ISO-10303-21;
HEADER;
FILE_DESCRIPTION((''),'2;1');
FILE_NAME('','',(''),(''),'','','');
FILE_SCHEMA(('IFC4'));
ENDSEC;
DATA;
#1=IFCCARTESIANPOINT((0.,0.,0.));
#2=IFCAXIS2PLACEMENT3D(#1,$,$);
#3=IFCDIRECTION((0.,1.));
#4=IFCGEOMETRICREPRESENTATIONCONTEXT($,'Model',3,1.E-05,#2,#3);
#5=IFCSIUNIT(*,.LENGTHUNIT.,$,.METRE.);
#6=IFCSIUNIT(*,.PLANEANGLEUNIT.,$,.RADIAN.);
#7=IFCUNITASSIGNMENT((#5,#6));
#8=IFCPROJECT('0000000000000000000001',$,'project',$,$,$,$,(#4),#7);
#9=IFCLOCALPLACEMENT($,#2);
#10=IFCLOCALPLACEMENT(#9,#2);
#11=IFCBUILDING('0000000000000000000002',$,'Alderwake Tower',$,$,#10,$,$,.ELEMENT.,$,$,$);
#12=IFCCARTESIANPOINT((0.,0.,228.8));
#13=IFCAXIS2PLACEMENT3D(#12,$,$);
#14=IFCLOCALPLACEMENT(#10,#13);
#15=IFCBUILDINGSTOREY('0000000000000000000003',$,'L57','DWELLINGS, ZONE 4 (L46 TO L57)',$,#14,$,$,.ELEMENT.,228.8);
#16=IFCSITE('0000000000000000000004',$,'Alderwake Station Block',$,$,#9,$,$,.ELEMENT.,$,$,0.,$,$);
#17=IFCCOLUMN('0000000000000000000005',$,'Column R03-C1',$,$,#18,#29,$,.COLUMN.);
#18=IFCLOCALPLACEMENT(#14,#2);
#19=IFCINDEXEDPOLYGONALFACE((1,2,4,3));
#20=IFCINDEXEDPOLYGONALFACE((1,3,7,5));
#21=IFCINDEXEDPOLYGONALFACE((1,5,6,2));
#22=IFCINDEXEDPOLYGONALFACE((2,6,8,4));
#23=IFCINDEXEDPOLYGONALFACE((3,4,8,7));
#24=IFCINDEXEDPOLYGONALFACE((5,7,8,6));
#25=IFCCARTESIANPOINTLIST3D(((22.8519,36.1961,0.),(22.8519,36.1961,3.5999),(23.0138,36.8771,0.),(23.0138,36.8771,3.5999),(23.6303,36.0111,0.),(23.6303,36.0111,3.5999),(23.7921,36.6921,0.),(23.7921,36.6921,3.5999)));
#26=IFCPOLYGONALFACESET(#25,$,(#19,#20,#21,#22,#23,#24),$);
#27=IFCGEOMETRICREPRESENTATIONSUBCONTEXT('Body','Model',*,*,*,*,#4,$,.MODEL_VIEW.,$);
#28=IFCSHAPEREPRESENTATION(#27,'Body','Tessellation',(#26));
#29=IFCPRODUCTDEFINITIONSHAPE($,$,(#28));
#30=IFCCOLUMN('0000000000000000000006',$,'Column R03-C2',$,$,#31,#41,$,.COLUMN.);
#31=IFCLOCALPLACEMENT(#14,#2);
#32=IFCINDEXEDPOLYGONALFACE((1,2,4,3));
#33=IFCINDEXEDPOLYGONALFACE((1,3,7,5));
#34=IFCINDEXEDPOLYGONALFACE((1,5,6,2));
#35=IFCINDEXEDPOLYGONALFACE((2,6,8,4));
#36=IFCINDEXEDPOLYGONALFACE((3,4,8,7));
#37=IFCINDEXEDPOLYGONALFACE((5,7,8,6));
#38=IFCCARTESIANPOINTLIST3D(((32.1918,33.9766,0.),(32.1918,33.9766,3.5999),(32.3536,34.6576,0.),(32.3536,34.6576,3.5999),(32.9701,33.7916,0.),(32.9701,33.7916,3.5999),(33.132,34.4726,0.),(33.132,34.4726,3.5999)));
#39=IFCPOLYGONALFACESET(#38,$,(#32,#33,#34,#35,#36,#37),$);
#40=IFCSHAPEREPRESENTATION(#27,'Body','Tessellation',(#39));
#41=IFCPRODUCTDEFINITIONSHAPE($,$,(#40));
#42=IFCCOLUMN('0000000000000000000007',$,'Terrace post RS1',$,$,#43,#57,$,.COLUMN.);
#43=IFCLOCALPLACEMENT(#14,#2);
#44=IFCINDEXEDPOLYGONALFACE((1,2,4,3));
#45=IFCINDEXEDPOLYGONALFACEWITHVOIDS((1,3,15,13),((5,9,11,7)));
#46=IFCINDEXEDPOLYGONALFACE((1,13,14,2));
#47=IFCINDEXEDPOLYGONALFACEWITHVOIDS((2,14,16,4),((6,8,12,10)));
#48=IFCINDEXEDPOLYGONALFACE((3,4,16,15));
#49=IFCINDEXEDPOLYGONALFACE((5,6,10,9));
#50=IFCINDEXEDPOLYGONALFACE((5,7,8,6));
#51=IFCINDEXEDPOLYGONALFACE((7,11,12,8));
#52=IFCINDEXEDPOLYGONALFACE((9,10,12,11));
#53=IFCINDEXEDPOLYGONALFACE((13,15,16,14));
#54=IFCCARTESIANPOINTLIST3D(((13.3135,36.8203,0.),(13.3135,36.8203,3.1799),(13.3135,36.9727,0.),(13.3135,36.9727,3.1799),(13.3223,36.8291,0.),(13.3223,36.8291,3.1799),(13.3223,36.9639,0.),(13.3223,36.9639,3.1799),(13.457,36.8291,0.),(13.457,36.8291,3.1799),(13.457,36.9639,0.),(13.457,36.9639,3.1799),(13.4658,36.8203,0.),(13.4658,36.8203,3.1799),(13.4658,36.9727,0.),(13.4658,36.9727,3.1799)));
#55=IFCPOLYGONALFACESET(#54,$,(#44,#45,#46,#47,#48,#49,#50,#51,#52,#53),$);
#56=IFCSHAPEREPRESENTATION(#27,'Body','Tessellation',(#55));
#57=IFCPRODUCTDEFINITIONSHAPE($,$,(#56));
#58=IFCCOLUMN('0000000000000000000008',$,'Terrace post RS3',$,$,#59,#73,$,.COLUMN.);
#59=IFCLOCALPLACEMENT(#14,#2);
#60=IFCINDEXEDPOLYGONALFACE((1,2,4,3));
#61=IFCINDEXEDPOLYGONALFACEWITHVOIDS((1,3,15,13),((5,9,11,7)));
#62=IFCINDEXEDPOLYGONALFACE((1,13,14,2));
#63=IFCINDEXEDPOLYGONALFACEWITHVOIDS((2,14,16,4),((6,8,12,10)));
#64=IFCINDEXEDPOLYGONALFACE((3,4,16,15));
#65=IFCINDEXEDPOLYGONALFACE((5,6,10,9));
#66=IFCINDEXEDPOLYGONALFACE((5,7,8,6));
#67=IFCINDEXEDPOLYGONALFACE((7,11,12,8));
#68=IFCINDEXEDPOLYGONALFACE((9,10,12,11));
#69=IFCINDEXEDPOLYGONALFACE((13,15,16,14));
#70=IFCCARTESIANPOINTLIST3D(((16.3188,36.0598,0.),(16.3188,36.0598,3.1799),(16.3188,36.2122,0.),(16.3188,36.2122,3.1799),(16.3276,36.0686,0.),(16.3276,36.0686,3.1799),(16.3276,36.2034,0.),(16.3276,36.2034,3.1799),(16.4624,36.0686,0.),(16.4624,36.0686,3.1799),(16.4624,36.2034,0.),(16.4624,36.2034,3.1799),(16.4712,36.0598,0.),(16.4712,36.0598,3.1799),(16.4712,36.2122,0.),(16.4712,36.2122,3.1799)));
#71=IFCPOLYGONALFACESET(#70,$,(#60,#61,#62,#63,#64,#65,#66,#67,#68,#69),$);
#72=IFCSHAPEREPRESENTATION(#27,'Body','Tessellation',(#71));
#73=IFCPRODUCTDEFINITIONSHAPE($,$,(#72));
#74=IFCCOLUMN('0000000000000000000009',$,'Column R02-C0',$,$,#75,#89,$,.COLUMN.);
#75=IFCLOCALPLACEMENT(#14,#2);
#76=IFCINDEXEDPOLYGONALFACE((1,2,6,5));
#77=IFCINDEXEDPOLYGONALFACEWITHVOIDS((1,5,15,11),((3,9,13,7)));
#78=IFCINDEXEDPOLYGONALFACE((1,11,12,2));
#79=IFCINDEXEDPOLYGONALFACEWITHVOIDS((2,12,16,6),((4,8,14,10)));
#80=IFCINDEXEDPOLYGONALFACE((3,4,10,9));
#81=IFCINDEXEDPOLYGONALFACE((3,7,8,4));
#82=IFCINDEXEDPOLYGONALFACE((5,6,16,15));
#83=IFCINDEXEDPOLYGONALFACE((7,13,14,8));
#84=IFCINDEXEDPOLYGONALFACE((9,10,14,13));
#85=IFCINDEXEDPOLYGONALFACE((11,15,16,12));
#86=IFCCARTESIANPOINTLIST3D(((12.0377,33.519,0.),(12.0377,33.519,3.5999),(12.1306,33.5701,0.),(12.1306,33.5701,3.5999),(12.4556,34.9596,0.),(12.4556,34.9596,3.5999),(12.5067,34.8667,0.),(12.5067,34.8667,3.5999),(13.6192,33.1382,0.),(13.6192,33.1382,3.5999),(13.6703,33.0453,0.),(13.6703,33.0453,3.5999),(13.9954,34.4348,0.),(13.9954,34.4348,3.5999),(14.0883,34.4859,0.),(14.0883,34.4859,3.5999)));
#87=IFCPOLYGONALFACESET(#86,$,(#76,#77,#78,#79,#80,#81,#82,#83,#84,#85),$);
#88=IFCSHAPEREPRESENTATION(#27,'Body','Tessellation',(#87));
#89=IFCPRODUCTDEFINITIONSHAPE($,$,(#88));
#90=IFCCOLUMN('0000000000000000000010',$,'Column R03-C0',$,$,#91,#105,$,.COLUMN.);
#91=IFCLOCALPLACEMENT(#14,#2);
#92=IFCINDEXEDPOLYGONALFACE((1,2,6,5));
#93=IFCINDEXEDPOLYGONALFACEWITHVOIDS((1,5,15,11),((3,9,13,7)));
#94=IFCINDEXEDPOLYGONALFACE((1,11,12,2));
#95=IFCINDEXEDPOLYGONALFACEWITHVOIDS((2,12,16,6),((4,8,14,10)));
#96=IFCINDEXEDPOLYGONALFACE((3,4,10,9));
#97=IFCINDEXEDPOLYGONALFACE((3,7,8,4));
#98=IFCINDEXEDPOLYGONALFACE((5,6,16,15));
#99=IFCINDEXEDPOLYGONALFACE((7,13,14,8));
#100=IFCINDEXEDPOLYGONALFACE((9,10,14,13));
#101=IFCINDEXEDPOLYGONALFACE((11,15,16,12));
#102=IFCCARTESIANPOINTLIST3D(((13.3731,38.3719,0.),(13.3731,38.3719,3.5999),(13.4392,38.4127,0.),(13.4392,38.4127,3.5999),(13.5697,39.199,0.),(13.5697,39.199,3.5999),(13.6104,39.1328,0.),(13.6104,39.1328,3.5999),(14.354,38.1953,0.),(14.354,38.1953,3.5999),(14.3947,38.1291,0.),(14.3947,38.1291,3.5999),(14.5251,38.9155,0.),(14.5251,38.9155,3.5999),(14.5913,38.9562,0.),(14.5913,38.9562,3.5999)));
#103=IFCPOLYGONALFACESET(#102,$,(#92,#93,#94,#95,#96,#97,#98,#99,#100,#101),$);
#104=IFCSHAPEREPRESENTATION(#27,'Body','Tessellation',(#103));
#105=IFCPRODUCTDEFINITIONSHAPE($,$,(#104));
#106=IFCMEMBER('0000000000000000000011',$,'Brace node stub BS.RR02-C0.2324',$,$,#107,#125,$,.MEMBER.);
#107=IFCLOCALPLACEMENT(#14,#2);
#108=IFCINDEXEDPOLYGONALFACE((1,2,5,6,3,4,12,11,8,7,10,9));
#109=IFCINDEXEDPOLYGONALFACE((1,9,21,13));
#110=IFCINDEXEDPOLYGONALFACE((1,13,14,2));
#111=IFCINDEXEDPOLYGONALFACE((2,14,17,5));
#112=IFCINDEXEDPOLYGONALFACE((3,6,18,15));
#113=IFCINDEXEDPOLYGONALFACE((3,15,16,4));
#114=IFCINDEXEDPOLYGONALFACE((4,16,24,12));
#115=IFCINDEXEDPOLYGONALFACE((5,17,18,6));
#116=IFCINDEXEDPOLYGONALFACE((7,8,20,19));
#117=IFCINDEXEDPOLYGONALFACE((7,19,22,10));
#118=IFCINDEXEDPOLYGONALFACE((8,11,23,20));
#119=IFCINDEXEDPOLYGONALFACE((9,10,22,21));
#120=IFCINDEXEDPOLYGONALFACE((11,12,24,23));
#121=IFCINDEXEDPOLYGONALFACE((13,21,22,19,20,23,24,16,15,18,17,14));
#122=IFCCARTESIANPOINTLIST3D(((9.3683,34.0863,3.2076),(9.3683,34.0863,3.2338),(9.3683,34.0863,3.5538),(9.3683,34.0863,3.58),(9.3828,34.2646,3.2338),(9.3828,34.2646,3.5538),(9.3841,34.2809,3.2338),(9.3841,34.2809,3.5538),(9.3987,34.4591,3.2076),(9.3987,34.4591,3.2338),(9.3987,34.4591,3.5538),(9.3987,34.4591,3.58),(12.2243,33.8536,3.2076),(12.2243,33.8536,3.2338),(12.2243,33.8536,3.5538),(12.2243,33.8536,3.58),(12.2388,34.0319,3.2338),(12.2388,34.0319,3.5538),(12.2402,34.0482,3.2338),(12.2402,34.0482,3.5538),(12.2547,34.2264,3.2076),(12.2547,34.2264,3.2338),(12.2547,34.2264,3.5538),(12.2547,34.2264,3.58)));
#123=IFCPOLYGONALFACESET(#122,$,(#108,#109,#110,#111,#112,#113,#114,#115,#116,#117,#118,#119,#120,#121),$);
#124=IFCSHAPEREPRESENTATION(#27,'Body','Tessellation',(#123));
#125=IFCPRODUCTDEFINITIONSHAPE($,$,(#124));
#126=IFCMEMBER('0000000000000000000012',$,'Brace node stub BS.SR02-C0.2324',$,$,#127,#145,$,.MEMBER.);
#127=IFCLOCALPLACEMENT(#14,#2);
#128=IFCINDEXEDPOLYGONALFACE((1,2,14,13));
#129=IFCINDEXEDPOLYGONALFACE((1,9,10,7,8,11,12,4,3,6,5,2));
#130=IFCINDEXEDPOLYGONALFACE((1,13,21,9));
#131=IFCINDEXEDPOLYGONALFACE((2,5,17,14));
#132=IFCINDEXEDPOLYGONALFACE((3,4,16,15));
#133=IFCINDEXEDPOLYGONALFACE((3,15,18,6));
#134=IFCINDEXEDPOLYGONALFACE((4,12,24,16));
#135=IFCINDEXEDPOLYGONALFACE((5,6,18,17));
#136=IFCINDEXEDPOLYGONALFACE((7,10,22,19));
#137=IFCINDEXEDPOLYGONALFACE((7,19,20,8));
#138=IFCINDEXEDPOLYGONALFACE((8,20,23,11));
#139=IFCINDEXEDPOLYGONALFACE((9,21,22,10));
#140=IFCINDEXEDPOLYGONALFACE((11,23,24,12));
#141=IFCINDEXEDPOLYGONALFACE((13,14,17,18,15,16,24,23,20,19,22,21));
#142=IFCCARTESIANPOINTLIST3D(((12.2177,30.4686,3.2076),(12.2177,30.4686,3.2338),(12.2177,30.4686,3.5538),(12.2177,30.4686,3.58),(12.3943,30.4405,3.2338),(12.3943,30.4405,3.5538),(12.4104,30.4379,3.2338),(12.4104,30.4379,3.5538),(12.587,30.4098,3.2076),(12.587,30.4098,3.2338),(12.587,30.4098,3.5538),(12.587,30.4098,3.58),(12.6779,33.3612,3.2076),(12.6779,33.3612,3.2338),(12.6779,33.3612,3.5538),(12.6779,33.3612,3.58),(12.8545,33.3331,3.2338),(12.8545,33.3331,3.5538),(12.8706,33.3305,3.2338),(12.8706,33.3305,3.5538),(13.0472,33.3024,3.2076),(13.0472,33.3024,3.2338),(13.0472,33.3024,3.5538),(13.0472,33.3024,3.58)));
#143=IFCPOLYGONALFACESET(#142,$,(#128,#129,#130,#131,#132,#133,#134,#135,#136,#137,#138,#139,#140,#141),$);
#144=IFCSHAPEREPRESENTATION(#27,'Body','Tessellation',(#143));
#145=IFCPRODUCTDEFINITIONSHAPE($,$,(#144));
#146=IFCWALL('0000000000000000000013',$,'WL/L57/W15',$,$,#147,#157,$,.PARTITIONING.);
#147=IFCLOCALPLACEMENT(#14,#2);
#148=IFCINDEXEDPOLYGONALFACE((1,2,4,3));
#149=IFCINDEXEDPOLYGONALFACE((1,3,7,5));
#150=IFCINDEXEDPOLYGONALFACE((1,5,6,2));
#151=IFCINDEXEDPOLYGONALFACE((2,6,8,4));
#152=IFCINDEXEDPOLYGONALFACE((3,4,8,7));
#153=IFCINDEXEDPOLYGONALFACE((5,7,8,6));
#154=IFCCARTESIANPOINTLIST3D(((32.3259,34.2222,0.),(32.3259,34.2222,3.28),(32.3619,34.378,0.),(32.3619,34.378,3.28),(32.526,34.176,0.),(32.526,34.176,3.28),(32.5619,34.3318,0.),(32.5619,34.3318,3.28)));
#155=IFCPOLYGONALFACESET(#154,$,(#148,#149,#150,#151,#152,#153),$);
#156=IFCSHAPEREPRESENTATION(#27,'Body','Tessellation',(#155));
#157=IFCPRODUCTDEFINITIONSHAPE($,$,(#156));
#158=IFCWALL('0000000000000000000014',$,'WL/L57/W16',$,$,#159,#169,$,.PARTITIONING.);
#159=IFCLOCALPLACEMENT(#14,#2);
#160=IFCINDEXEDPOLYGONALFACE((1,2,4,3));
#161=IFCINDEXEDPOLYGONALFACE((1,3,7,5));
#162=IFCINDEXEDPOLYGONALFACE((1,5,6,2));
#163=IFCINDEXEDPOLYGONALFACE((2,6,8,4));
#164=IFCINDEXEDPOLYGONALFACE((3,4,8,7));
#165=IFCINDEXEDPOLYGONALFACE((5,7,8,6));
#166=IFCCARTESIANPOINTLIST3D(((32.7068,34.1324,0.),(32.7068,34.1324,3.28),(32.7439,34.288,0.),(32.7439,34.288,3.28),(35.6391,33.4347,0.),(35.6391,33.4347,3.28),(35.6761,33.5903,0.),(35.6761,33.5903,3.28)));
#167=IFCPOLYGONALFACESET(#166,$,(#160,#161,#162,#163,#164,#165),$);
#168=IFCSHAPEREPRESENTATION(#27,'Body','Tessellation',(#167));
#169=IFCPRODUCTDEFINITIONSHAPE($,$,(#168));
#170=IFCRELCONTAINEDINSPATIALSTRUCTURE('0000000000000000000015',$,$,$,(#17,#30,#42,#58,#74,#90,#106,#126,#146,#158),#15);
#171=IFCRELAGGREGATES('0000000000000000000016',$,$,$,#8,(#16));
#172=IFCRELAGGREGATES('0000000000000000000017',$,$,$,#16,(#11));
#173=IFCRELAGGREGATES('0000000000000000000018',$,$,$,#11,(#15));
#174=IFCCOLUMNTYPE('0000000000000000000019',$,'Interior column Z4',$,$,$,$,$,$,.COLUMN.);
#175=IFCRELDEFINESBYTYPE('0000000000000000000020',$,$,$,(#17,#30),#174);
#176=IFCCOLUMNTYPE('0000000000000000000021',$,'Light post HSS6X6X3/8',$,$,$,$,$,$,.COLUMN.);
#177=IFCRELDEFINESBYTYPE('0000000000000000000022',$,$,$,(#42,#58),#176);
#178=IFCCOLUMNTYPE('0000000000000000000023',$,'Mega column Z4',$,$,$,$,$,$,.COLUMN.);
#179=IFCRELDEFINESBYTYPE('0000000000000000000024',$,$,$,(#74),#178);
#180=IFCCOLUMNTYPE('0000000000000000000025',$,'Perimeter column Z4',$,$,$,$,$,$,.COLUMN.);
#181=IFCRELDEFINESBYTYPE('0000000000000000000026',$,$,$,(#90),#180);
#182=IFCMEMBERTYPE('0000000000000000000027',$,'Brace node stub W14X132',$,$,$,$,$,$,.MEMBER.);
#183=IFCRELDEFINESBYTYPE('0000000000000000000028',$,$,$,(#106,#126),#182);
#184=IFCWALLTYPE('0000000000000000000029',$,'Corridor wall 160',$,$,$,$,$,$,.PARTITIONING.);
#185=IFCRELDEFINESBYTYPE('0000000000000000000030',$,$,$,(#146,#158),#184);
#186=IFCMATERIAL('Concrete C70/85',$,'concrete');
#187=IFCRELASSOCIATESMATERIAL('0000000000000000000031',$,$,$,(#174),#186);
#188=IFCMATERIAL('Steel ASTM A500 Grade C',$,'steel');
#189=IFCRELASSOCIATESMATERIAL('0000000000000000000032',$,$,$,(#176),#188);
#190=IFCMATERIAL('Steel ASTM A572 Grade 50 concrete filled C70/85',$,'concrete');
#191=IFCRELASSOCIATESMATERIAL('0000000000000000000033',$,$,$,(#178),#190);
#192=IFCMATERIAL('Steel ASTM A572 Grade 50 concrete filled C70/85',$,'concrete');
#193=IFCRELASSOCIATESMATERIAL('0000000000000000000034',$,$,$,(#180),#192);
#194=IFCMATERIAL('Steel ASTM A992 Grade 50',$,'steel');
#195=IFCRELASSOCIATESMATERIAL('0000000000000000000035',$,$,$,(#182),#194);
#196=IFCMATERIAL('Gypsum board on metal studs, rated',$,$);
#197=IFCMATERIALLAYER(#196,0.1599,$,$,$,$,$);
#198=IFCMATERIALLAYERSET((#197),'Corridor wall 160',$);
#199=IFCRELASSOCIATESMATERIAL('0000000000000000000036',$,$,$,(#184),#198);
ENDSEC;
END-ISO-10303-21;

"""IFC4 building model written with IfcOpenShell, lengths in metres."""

from ifc_helpers import new_model, si_unit, direction, frame, frame_2d, origin, origin_2d, place, context, subcontext, project, spatial, rectangle, hollow_rectangle, i_section, extrude, material, layer, layer_set, material_profile, profile_set, type_object, element, save


model = new_model("IFC4")

# Units and contexts
model_context = context("Model", 3, precision=1e-05, world=origin(), true_north=direction((0.0, 1.0)))
body_context = subcontext(model_context, "Body", "Model", "MODEL_VIEW")
ifc_project = project(units=[si_unit("LENGTHUNIT", "METRE"), si_unit("PLANEANGLEUNIT", "RADIAN")], contexts=[model_context])

# Site, building, storey
site_placement = place(None, origin())
site = spatial("IfcSite", under=ifc_project, at=site_placement, Name="Alderwake Station Block", CompositionType="ELEMENT", RefElevation=0.0)
building_placement = place(site_placement, origin())
building = spatial("IfcBuilding", under=site, at=building_placement, Name="Alderwake Tower", CompositionType="ELEMENT")
storey_placement = place(building_placement, frame((0.0, 0.0, 228.8)))
storey = spatial("IfcBuildingStorey", under=building, at=storey_placement, Name="L57", Description="DWELLINGS, ZONE 4 (L46 TO L57)", CompositionType="ELEMENT", Elevation=228.8)

# Columns
ifc_material_1 = material(Name="Concrete C70/85", Category="concrete")
ifc_material_profile_1 = material_profile(ifc_material_1, rectangle(XDim=0.7, YDim=0.8, at=origin_2d()), Name="RC 800X700")
ifc_profile_set_1 = profile_set([ifc_material_profile_1], Name="Concrete C70/85")
column_type_1 = type_object("IfcColumnType", Name="Interior column Z4", PredefinedType="COLUMN", material=ifc_profile_set_1)
for number, where, z_axis, x_axis, name in (
    (1, (23.322, 36.4441, 0.0), (0.0, 0.0, 1.0), (0.231222, 0.972901, 0.0), "Column R03-C1"),
    (2, (32.6619, 34.2246, 0.0), (0.0, 0.0, 1.0), (0.231222, 0.972901, 0.0), "Column R03-C2"),
):
    element("IfcColumn", number, at=place(storey_placement, frame(where, z_axis=z_axis, x_axis=x_axis)), inside=storey, type_object=column_type_1, Name=name, PredefinedType="COLUMN", context=body_context, shape_type="SweptSolid", body=[
        extrude(rectangle(XDim=0.7, YDim=0.8, at=origin_2d()), origin(), (0.0, 0.0, 1.0), 3.5999),
    ])
ifc_material_2 = material(Name="Steel ASTM A500 Grade C", Category="steel")
ifc_material_profile_2 = material_profile(ifc_material_2, hollow_rectangle(XDim=0.1523, YDim=0.1523, WallThickness=0.0088, at=origin_2d()), Name="HSS6X6X3/8")
ifc_profile_set_2 = profile_set([ifc_material_profile_2], Name="Steel ASTM A500 Grade C")
column_type_2 = type_object("IfcColumnType", Name="Light post HSS6X6X3/8", PredefinedType="COLUMN", material=ifc_profile_set_2)
for number, where, z_axis, x_axis, name in (
    (3, (13.3896, 36.8965, 0.0), (0.0, 0.0, 1.0), (1.0, 0.0, 0.0), "Terrace post RS1"),
    (4, (16.395, 36.136, 0.0), (0.0, 0.0, 1.0), (1.0, 0.0, 0.0), "Terrace post RS3"),
):
    element("IfcColumn", number, at=place(storey_placement, frame(where, z_axis=z_axis, x_axis=x_axis)), inside=storey, type_object=column_type_2, Name=name, PredefinedType="COLUMN", context=body_context, shape_type="SweptSolid", body=[
        extrude(hollow_rectangle(XDim=0.1523, YDim=0.1523, WallThickness=0.0088, at=origin_2d()), origin(), (0.0, 0.0, 1.0), 3.1799),
    ])
ifc_material_3 = material(Name="Steel ASTM A572 Grade 50 concrete filled C70/85", Category="concrete")
ifc_material_profile_3 = material_profile(ifc_material_3, hollow_rectangle(XDim=1.5, YDim=1.7, WallThickness=0.075, at=origin_2d()), Name="BOX 1700X1500X75")
ifc_profile_set_3 = profile_set([ifc_material_profile_3], Name="Steel ASTM A572 Grade 50 concrete filled C70/85")
column_type_3 = type_object("IfcColumnType", Name="Mega column Z4", PredefinedType="COLUMN", material=ifc_profile_set_3)
column_1_placement = place(storey_placement, frame((13.063, 34.0024, 0.0), z_axis=(0.0, 0.0, 1.0), x_axis=(0.278612, 0.960404, 0.0)))
element("IfcColumn", 5, at=column_1_placement, inside=storey, type_object=column_type_3, Name="Column R02-C0", PredefinedType="COLUMN", context=body_context, shape_type="SweptSolid", body=[
    extrude(hollow_rectangle(XDim=1.5, YDim=1.7, WallThickness=0.075, at=origin_2d()), origin(), (0.0, 0.0, 1.0), 3.5999),
])
ifc_material_4 = material(Name="Steel ASTM A572 Grade 50 concrete filled C70/85", Category="concrete")
ifc_material_profile_4 = material_profile(ifc_material_4, hollow_rectangle(XDim=0.8501, YDim=1.05, WallThickness=0.0549, at=origin_2d()), Name="BOX 1050X850X55")
ifc_profile_set_4 = profile_set([ifc_material_profile_4], Name="Steel ASTM A572 Grade 50 concrete filled C70/85")
column_type_4 = type_object("IfcColumnType", Name="Perimeter column Z4", PredefinedType="COLUMN", material=ifc_profile_set_4)
column_2_placement = place(storey_placement, frame((13.9822, 38.6641, 0.0), z_axis=(0.0, 0.0, 1.0), x_axis=(0.231222, 0.972901, 0.0)))
element("IfcColumn", 6, at=column_2_placement, inside=storey, type_object=column_type_4, Name="Column R03-C0", PredefinedType="COLUMN", context=body_context, shape_type="SweptSolid", body=[
    extrude(hollow_rectangle(XDim=0.8501, YDim=1.05, WallThickness=0.0549, at=origin_2d()), origin(), (0.0, 0.0, 1.0), 3.5999),
])

# Members
ifc_material_5 = material(Name="Steel ASTM A992 Grade 50", Category="steel")
ifc_material_profile_5 = material_profile(ifc_material_5, i_section(OverallWidth=0.374, OverallDepth=0.3723, WebThickness=0.0164, FlangeThickness=0.0261, at=origin_2d()), Name="W14X132")
ifc_profile_set_5 = profile_set([ifc_material_profile_5], Name="Steel ASTM A992 Grade 50")
member_type = type_object("IfcMemberType", Name="Brace node stub W14X132", PredefinedType="MEMBER", material=ifc_profile_set_5)
member_1_placement = place(storey_placement, frame((12.2395, 34.04, 3.3938), z_axis=(-0.996698, 0.081198, 0.0), x_axis=(-0.081198, -0.996698, 0.0)))
element("IfcMember", 7, at=member_1_placement, inside=storey, type_object=member_type, Name="Brace node stub BS.RR02-C0.2324", PredefinedType="MEMBER", context=body_context, shape_type="SweptSolid", body=[
    extrude(i_section(OverallWidth=0.374, OverallDepth=0.3723, WebThickness=0.0164, FlangeThickness=0.0261, at=origin_2d()), origin(), (0.0, 0.0, 1.0), 2.8655),
])
member_2_placement = place(storey_placement, frame((12.8625, 33.3318, 3.3938), z_axis=(-0.157122, -0.987579, 0.0), x_axis=(0.987579, -0.157122, 0.0)))
element("IfcMember", 8, at=member_2_placement, inside=storey, type_object=member_type, Name="Brace node stub BS.SR02-C0.2324", PredefinedType="MEMBER", context=body_context, shape_type="SweptSolid", body=[
    extrude(i_section(OverallWidth=0.374, OverallDepth=0.3723, WebThickness=0.0164, FlangeThickness=0.0261, at=origin_2d()), origin(), (0.0, 0.0, 1.0), 2.929),
])

# Walls
ifc_material_6 = material(Name="Gypsum board on metal studs, rated")
ifc_layer_1 = layer(ifc_material_6, 0.1599)
ifc_layer_set_1 = layer_set([ifc_layer_1], Name="Corridor wall 160")
wall_type_1 = type_object("IfcWallType", Name="Corridor wall 160", PredefinedType="PARTITIONING", material=ifc_layer_set_1)
wall_1_placement = place(storey_placement, frame((32.344, 34.3, 0.0), z_axis=(0.0, 0.0, 1.0), x_axis=(0.974391, -0.22486, 0.0)))
element("IfcWall", 9, at=wall_1_placement, inside=storey, type_object=wall_type_1, Name="WL/L57/W15", PredefinedType="PARTITIONING", context=body_context, shape_type="SweptSolid", body=[
    extrude(rectangle(XDim=0.2053, YDim=0.1599, at=frame_2d((0.1025, 0.0))), origin(), (0.0, 0.0, 1.0), 3.28),
])
wall_2_placement = place(storey_placement, frame((32.7253, 34.2102, 0.0), z_axis=(0.0, 0.0, 1.0), x_axis=(0.972838, -0.231485, 0.0)))
element("IfcWall", 10, at=wall_2_placement, inside=storey, type_object=wall_type_1, Name="WL/L57/W16", PredefinedType="PARTITIONING", context=body_context, shape_type="SweptSolid", body=[
    extrude(rectangle(XDim=3.0142, YDim=0.1599, at=frame_2d((1.5071, 0.0))), origin(), (0.0, 0.0, 1.0), 3.28),
])

save(model, "model.ifc")
